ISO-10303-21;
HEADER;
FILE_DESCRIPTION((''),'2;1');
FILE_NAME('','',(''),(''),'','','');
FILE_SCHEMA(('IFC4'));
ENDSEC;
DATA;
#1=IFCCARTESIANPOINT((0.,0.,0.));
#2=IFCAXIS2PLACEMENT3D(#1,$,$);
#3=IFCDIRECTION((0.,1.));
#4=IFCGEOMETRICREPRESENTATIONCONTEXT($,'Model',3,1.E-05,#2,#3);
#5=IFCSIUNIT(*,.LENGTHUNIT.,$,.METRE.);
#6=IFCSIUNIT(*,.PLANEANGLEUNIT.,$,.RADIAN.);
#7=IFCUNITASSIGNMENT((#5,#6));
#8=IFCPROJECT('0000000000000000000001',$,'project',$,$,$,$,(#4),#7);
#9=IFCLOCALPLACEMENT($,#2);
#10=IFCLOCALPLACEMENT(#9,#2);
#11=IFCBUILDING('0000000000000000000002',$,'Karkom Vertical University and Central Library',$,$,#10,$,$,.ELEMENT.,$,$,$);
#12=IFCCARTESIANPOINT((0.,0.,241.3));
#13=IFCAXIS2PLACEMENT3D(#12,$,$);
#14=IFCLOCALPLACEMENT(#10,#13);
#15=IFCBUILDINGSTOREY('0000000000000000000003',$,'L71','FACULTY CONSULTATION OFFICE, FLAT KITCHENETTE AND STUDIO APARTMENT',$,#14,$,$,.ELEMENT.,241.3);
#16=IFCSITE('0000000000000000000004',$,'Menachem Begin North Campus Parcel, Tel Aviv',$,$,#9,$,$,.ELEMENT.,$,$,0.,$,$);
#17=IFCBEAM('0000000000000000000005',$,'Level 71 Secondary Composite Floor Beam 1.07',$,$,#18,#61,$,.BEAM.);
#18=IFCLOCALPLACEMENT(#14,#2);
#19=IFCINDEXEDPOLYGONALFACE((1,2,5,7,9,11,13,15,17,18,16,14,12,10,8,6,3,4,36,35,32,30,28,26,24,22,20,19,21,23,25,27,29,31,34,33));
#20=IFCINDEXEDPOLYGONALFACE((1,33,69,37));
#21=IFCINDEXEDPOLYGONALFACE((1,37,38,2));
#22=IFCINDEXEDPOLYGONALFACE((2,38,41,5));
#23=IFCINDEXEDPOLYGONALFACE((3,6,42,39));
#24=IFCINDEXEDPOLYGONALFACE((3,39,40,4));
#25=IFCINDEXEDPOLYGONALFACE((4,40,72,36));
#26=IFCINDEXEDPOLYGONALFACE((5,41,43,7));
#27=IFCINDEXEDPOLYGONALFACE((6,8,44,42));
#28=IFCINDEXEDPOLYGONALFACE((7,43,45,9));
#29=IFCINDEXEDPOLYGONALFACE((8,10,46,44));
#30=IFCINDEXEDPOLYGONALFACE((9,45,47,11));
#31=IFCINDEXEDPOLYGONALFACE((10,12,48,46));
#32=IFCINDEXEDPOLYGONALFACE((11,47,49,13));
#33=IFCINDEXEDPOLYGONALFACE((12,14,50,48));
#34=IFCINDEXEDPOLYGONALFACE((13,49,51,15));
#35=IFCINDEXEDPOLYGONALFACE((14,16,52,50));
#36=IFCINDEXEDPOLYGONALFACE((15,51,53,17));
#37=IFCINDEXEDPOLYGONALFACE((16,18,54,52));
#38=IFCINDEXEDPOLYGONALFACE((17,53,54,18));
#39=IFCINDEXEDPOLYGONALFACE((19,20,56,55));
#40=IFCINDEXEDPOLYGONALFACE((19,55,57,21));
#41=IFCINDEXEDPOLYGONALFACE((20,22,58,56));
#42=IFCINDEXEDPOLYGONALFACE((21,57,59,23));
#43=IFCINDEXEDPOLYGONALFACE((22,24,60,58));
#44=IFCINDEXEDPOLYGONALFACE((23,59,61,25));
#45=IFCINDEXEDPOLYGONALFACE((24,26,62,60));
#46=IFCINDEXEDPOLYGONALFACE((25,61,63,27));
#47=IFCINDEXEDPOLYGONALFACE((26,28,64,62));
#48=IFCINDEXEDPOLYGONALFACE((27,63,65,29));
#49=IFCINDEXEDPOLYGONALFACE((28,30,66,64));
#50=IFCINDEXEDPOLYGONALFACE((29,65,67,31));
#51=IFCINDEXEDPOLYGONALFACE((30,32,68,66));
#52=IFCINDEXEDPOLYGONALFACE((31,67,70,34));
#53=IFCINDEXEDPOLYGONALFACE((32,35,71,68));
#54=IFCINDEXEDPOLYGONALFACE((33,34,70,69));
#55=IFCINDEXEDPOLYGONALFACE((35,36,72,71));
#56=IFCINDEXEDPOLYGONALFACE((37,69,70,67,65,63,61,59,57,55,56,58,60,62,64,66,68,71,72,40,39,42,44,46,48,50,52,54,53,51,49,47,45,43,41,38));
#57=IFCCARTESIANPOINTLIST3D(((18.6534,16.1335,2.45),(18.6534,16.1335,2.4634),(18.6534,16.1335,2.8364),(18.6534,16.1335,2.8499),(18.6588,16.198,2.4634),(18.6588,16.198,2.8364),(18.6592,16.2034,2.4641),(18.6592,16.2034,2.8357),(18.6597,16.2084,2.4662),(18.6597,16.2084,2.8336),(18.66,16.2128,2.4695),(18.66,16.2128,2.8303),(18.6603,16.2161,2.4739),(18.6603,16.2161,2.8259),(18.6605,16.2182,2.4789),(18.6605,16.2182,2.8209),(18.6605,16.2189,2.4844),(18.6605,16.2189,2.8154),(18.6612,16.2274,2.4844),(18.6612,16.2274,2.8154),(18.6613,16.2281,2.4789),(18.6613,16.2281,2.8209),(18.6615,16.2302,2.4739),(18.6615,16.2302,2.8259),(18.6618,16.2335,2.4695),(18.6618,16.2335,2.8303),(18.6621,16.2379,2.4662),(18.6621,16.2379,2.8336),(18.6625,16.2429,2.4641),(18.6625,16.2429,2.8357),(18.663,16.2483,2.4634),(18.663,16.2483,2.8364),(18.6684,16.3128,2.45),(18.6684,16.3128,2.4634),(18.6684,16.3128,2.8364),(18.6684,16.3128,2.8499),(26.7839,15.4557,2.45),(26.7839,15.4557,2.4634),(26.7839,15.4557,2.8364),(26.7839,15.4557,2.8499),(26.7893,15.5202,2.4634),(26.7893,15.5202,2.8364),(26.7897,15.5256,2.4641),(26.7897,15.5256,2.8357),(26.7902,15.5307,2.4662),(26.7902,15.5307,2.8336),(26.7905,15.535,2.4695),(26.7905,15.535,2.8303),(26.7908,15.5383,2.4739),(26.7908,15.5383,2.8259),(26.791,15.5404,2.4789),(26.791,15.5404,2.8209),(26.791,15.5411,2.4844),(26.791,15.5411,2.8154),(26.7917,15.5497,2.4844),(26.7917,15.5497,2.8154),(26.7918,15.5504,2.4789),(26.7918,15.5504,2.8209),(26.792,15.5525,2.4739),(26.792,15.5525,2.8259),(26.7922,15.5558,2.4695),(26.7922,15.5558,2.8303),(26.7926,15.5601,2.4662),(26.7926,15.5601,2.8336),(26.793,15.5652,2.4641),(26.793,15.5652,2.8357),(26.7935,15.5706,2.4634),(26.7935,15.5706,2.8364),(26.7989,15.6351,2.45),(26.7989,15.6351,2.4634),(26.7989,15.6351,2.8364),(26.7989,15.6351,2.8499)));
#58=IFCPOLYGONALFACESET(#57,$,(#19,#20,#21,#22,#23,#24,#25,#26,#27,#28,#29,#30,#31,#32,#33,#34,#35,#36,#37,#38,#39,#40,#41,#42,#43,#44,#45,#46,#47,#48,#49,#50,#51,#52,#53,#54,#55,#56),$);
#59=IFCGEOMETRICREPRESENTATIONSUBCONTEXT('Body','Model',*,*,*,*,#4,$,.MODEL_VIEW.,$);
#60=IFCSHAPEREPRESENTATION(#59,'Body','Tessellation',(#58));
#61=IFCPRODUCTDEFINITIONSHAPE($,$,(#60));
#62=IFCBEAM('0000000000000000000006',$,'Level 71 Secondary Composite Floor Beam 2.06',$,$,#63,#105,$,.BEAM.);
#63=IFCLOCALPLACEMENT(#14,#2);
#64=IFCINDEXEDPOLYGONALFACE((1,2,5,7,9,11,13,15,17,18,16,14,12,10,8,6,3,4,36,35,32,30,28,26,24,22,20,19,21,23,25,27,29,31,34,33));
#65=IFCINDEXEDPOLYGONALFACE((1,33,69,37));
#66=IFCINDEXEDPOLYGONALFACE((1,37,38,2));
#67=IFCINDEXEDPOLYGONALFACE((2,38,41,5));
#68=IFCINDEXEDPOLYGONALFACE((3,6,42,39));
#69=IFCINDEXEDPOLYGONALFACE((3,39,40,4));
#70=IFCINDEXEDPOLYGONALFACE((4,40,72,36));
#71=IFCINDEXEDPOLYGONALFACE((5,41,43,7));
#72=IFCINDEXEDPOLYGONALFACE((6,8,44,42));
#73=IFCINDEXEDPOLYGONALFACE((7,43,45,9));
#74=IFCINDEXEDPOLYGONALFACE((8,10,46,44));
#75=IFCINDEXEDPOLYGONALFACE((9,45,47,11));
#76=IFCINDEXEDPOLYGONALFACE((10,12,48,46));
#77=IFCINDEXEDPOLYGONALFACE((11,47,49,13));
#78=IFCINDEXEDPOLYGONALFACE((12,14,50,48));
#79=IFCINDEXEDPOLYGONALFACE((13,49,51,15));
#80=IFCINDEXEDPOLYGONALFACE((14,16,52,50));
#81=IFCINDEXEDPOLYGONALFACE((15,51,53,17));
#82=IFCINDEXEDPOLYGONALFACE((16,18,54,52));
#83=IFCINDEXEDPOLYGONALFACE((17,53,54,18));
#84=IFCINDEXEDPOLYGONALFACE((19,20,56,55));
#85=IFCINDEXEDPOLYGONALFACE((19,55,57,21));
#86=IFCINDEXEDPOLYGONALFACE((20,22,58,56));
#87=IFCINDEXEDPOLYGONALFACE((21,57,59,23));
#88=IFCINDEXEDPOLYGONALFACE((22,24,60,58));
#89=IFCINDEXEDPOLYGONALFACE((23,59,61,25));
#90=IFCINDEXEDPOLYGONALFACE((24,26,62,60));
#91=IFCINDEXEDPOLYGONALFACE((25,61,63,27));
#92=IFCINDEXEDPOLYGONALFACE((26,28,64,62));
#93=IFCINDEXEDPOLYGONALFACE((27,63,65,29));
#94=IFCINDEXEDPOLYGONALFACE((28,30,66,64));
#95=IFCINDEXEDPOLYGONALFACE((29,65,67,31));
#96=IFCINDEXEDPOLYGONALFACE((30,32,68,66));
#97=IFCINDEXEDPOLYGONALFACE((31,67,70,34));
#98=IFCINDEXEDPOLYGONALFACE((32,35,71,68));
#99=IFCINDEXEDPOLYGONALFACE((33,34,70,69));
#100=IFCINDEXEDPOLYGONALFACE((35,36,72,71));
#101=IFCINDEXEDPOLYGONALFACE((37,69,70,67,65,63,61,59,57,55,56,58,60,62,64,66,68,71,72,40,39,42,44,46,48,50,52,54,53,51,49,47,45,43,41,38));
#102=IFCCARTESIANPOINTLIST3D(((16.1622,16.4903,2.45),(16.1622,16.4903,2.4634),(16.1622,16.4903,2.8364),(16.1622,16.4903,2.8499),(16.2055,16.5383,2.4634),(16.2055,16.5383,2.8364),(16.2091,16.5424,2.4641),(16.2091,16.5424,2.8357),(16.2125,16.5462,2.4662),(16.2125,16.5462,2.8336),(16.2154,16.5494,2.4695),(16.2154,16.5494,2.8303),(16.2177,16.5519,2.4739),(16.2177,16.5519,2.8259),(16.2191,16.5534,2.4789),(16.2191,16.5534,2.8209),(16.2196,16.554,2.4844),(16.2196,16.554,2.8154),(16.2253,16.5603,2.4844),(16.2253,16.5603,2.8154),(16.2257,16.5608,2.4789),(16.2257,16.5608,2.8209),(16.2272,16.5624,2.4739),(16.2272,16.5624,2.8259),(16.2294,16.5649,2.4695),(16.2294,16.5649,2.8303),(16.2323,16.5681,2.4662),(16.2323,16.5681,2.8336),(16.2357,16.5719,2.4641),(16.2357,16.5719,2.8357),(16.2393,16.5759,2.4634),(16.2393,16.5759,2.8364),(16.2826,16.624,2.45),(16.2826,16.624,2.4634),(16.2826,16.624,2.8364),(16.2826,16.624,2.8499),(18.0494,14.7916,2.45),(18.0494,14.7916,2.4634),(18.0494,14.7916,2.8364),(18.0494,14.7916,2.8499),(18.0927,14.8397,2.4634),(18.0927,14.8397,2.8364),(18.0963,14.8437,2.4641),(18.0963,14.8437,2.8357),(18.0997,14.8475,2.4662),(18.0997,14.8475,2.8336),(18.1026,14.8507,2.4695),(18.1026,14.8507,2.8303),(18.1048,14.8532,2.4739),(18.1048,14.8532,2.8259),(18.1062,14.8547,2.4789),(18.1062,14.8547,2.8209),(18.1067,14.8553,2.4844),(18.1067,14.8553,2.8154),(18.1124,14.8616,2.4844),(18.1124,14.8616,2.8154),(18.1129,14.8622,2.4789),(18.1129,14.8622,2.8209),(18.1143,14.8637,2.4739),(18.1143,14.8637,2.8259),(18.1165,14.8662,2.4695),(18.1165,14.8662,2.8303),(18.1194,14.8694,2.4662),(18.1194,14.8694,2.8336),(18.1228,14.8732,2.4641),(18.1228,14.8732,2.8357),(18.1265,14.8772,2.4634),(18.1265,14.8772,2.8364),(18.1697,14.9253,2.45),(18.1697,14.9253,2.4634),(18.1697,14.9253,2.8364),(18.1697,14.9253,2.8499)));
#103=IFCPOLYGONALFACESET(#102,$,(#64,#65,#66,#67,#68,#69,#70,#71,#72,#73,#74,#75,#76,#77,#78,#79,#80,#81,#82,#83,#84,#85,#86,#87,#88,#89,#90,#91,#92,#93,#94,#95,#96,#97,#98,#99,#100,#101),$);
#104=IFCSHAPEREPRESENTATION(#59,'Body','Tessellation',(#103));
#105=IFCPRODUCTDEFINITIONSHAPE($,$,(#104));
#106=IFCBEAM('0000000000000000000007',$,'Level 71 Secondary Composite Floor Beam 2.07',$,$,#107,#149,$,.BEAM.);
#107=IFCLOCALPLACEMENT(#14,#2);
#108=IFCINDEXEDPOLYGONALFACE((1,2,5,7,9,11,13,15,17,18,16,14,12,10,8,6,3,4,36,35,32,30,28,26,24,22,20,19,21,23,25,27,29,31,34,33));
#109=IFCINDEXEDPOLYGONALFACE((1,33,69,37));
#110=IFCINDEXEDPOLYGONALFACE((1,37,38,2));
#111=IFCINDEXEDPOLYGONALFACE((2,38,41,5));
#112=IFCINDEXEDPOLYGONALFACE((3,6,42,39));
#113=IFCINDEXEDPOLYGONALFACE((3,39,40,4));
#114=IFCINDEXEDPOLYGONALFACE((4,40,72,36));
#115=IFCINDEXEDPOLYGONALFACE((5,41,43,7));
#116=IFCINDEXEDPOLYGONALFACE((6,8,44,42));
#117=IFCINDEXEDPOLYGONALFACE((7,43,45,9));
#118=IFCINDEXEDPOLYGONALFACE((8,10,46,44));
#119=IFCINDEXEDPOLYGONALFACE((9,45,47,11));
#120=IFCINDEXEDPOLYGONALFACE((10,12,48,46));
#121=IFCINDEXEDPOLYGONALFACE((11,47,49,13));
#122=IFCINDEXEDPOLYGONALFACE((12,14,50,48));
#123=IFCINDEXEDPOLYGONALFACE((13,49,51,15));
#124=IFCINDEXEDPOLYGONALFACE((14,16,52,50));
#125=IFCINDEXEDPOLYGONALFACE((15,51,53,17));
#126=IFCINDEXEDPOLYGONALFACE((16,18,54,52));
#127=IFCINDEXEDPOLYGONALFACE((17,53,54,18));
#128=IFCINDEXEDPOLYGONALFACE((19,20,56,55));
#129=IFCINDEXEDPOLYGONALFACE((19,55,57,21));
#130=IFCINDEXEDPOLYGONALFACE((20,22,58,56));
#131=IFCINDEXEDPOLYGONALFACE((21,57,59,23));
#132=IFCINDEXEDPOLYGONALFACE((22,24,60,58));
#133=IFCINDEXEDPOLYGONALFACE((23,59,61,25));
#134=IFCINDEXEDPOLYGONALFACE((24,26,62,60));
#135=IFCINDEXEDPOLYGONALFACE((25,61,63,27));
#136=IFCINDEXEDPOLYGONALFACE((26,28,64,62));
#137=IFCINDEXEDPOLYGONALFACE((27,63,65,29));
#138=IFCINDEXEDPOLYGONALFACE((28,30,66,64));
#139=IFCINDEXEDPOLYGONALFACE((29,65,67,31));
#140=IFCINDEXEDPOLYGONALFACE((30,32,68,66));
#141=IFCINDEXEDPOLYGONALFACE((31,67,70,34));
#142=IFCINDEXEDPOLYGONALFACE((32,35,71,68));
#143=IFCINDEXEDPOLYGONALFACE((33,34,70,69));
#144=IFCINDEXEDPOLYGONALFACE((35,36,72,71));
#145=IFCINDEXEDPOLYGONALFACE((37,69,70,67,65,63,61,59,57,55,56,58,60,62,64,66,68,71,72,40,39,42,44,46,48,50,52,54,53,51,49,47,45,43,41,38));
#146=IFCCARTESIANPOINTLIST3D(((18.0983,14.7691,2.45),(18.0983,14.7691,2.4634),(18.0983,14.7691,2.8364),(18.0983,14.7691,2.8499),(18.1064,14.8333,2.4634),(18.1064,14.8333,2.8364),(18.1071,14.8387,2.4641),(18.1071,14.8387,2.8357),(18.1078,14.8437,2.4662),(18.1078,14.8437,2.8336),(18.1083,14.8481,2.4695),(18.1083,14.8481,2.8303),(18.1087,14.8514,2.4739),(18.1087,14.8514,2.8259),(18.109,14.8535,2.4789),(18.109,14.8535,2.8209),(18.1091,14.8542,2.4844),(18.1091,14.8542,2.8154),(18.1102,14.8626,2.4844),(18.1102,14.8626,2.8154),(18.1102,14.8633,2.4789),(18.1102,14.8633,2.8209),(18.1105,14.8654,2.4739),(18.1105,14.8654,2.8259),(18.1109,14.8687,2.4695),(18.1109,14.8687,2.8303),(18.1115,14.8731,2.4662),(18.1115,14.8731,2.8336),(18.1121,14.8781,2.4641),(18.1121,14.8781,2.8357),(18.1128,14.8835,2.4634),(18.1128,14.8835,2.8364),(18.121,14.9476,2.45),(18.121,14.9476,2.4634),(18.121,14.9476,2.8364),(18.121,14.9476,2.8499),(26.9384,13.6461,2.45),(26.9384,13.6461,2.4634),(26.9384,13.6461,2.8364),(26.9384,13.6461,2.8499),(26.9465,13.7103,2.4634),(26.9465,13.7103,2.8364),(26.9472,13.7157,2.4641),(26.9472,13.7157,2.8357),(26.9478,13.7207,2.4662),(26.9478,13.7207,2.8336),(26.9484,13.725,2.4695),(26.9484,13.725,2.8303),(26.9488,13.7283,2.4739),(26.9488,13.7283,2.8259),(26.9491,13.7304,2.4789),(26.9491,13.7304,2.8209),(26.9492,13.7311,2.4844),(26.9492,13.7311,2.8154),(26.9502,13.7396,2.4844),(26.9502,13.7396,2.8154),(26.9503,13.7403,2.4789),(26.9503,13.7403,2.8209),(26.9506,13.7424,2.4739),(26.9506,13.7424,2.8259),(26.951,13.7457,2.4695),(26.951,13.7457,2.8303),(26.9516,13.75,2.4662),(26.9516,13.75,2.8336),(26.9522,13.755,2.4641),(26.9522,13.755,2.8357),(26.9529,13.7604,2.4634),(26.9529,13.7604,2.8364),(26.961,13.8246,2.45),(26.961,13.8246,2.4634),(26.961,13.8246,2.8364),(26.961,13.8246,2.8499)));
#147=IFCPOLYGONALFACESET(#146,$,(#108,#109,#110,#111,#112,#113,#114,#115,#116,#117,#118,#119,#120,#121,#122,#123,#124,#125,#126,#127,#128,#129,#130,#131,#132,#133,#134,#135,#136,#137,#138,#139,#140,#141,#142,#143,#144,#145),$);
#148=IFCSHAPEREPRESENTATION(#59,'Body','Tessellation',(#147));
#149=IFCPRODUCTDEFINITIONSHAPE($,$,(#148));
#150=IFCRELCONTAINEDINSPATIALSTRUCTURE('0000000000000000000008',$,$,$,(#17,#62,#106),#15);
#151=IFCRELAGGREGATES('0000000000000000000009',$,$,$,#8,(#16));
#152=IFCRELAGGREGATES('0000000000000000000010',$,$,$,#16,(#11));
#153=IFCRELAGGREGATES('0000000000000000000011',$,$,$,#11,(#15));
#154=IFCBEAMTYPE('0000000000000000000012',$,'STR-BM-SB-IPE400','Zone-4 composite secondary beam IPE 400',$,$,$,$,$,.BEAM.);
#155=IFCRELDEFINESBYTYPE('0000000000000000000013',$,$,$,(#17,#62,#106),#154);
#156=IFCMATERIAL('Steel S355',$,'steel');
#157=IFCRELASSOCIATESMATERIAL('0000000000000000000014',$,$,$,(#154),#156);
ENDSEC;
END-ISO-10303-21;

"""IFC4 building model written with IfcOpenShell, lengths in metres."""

from ifc_helpers import new_model, si_unit, direction, frame, origin, origin_with_axes, origin_2d, place, context, subcontext, project, spatial, i_section, extrude, source, transform, mapped, material, material_profile, profile_set, type_object, element, save


model = new_model("IFC4")

# Units and contexts
model_context = context("Model", 3, precision=1e-05, world=origin(), true_north=direction((0.0, 1.0)))
body_context = subcontext(model_context, "Body", "Model", "MODEL_VIEW")
ifc_project = project(units=[si_unit("LENGTHUNIT", "METRE"), si_unit("PLANEANGLEUNIT", "RADIAN")], contexts=[model_context])

# Site, building, storey
site_placement = place(None, origin())
site = spatial("IfcSite", under=ifc_project, at=site_placement, Name="Menachem Begin North Campus Parcel, Tel Aviv", CompositionType="ELEMENT", RefElevation=0.0)
building_placement = place(site_placement, origin())
building = spatial("IfcBuilding", under=site, at=building_placement, Name="Karkom Vertical University and Central Library", CompositionType="ELEMENT")
storey_placement = place(building_placement, frame((0.0, 0.0, 241.3)))
storey = spatial("IfcBuildingStorey", under=building, at=storey_placement, Name="L71", Description="FACULTY CONSULTATION OFFICE, FLAT KITCHENETTE AND STUDIO APARTMENT", CompositionType="ELEMENT", Elevation=241.3)

# Beams
ifc_material_1 = material(Name="Steel S355", Category="steel")
ifc_material_profile_1 = material_profile(ifc_material_1, i_section(OverallWidth=0.1799, OverallDepth=0.3999, WebThickness=0.0085, FlangeThickness=0.0134, FilletRadius=0.021, at=origin_2d()), Name="IPE 400")
ifc_profile_set_1 = profile_set([ifc_material_profile_1], Name="Steel S355")
beam_type_1 = type_object("IfcBeamType", Name="STR-BM-SB-IPE400", Description="Zone-4 composite secondary beam IPE 400", PredefinedType="BEAM", material=ifc_profile_set_1)
shared_shape_1 = source(origin_with_axes(), body_context, "Body", "SweptSolid", [
    extrude(i_section(OverallWidth=0.1799, OverallDepth=0.3999, WebThickness=0.0085, FlangeThickness=0.0134, FilletRadius=0.021, at=origin_2d()), origin(), (0.0, 0.0, 1.0), 8.1587),
])
beam_1_placement = place(storey_placement, frame((18.6609, 16.2231, 2.6499), z_axis=(0.996544, -0.08307, 0.0), x_axis=(0.08307, 0.996544, 0.0)))
element("IfcBeam", 1, at=beam_1_placement, inside=storey, type_object=beam_type_1, Name="Level 71 Secondary Composite Floor Beam 1.07", PredefinedType="BEAM", context=body_context, shape_type="MappedRepresentation", body=[
    mapped(shared_shape_1, transform((0.0, 0.0, 0.0), scale=1.0)),
])
shared_shape_2 = source(origin_with_axes(), body_context, "Body", "SweptSolid", [
    extrude(i_section(OverallWidth=0.1799, OverallDepth=0.3999, WebThickness=0.0085, FlangeThickness=0.0134, FilletRadius=0.021, at=origin_2d()), origin(), (0.0, 0.0, 1.0), 2.5391),
])
beam_2_placement = place(storey_placement, frame((16.2224, 16.5571, 2.6499), z_axis=(0.743246, -0.669018, 0.0), x_axis=(0.669018, 0.743246, 0.0)))
element("IfcBeam", 2, at=beam_2_placement, inside=storey, type_object=beam_type_1, Name="Level 71 Secondary Composite Floor Beam 2.06", PredefinedType="BEAM", context=body_context, shape_type="MappedRepresentation", body=[
    mapped(shared_shape_2, transform((0.0, 0.0, 0.0), scale=1.0)),
])
shared_shape_3 = source(origin_with_axes(), body_context, "Body", "SweptSolid", [
    extrude(i_section(OverallWidth=0.1799, OverallDepth=0.3999, WebThickness=0.0085, FlangeThickness=0.0134, FilletRadius=0.021, at=origin_2d()), origin(), (0.0, 0.0, 1.0), 8.9111),
])
beam_3_placement = place(storey_placement, frame((18.1096, 14.8584, 2.6499), z_axis=(0.992027, -0.126027, 0.0), x_axis=(0.126027, 0.992027, 0.0)))
element("IfcBeam", 3, at=beam_3_placement, inside=storey, type_object=beam_type_1, Name="Level 71 Secondary Composite Floor Beam 2.07", PredefinedType="BEAM", context=body_context, shape_type="MappedRepresentation", body=[
    mapped(shared_shape_3, transform((0.0, 0.0, 0.0), scale=1.0)),
])

save(model, "model.ifc")
